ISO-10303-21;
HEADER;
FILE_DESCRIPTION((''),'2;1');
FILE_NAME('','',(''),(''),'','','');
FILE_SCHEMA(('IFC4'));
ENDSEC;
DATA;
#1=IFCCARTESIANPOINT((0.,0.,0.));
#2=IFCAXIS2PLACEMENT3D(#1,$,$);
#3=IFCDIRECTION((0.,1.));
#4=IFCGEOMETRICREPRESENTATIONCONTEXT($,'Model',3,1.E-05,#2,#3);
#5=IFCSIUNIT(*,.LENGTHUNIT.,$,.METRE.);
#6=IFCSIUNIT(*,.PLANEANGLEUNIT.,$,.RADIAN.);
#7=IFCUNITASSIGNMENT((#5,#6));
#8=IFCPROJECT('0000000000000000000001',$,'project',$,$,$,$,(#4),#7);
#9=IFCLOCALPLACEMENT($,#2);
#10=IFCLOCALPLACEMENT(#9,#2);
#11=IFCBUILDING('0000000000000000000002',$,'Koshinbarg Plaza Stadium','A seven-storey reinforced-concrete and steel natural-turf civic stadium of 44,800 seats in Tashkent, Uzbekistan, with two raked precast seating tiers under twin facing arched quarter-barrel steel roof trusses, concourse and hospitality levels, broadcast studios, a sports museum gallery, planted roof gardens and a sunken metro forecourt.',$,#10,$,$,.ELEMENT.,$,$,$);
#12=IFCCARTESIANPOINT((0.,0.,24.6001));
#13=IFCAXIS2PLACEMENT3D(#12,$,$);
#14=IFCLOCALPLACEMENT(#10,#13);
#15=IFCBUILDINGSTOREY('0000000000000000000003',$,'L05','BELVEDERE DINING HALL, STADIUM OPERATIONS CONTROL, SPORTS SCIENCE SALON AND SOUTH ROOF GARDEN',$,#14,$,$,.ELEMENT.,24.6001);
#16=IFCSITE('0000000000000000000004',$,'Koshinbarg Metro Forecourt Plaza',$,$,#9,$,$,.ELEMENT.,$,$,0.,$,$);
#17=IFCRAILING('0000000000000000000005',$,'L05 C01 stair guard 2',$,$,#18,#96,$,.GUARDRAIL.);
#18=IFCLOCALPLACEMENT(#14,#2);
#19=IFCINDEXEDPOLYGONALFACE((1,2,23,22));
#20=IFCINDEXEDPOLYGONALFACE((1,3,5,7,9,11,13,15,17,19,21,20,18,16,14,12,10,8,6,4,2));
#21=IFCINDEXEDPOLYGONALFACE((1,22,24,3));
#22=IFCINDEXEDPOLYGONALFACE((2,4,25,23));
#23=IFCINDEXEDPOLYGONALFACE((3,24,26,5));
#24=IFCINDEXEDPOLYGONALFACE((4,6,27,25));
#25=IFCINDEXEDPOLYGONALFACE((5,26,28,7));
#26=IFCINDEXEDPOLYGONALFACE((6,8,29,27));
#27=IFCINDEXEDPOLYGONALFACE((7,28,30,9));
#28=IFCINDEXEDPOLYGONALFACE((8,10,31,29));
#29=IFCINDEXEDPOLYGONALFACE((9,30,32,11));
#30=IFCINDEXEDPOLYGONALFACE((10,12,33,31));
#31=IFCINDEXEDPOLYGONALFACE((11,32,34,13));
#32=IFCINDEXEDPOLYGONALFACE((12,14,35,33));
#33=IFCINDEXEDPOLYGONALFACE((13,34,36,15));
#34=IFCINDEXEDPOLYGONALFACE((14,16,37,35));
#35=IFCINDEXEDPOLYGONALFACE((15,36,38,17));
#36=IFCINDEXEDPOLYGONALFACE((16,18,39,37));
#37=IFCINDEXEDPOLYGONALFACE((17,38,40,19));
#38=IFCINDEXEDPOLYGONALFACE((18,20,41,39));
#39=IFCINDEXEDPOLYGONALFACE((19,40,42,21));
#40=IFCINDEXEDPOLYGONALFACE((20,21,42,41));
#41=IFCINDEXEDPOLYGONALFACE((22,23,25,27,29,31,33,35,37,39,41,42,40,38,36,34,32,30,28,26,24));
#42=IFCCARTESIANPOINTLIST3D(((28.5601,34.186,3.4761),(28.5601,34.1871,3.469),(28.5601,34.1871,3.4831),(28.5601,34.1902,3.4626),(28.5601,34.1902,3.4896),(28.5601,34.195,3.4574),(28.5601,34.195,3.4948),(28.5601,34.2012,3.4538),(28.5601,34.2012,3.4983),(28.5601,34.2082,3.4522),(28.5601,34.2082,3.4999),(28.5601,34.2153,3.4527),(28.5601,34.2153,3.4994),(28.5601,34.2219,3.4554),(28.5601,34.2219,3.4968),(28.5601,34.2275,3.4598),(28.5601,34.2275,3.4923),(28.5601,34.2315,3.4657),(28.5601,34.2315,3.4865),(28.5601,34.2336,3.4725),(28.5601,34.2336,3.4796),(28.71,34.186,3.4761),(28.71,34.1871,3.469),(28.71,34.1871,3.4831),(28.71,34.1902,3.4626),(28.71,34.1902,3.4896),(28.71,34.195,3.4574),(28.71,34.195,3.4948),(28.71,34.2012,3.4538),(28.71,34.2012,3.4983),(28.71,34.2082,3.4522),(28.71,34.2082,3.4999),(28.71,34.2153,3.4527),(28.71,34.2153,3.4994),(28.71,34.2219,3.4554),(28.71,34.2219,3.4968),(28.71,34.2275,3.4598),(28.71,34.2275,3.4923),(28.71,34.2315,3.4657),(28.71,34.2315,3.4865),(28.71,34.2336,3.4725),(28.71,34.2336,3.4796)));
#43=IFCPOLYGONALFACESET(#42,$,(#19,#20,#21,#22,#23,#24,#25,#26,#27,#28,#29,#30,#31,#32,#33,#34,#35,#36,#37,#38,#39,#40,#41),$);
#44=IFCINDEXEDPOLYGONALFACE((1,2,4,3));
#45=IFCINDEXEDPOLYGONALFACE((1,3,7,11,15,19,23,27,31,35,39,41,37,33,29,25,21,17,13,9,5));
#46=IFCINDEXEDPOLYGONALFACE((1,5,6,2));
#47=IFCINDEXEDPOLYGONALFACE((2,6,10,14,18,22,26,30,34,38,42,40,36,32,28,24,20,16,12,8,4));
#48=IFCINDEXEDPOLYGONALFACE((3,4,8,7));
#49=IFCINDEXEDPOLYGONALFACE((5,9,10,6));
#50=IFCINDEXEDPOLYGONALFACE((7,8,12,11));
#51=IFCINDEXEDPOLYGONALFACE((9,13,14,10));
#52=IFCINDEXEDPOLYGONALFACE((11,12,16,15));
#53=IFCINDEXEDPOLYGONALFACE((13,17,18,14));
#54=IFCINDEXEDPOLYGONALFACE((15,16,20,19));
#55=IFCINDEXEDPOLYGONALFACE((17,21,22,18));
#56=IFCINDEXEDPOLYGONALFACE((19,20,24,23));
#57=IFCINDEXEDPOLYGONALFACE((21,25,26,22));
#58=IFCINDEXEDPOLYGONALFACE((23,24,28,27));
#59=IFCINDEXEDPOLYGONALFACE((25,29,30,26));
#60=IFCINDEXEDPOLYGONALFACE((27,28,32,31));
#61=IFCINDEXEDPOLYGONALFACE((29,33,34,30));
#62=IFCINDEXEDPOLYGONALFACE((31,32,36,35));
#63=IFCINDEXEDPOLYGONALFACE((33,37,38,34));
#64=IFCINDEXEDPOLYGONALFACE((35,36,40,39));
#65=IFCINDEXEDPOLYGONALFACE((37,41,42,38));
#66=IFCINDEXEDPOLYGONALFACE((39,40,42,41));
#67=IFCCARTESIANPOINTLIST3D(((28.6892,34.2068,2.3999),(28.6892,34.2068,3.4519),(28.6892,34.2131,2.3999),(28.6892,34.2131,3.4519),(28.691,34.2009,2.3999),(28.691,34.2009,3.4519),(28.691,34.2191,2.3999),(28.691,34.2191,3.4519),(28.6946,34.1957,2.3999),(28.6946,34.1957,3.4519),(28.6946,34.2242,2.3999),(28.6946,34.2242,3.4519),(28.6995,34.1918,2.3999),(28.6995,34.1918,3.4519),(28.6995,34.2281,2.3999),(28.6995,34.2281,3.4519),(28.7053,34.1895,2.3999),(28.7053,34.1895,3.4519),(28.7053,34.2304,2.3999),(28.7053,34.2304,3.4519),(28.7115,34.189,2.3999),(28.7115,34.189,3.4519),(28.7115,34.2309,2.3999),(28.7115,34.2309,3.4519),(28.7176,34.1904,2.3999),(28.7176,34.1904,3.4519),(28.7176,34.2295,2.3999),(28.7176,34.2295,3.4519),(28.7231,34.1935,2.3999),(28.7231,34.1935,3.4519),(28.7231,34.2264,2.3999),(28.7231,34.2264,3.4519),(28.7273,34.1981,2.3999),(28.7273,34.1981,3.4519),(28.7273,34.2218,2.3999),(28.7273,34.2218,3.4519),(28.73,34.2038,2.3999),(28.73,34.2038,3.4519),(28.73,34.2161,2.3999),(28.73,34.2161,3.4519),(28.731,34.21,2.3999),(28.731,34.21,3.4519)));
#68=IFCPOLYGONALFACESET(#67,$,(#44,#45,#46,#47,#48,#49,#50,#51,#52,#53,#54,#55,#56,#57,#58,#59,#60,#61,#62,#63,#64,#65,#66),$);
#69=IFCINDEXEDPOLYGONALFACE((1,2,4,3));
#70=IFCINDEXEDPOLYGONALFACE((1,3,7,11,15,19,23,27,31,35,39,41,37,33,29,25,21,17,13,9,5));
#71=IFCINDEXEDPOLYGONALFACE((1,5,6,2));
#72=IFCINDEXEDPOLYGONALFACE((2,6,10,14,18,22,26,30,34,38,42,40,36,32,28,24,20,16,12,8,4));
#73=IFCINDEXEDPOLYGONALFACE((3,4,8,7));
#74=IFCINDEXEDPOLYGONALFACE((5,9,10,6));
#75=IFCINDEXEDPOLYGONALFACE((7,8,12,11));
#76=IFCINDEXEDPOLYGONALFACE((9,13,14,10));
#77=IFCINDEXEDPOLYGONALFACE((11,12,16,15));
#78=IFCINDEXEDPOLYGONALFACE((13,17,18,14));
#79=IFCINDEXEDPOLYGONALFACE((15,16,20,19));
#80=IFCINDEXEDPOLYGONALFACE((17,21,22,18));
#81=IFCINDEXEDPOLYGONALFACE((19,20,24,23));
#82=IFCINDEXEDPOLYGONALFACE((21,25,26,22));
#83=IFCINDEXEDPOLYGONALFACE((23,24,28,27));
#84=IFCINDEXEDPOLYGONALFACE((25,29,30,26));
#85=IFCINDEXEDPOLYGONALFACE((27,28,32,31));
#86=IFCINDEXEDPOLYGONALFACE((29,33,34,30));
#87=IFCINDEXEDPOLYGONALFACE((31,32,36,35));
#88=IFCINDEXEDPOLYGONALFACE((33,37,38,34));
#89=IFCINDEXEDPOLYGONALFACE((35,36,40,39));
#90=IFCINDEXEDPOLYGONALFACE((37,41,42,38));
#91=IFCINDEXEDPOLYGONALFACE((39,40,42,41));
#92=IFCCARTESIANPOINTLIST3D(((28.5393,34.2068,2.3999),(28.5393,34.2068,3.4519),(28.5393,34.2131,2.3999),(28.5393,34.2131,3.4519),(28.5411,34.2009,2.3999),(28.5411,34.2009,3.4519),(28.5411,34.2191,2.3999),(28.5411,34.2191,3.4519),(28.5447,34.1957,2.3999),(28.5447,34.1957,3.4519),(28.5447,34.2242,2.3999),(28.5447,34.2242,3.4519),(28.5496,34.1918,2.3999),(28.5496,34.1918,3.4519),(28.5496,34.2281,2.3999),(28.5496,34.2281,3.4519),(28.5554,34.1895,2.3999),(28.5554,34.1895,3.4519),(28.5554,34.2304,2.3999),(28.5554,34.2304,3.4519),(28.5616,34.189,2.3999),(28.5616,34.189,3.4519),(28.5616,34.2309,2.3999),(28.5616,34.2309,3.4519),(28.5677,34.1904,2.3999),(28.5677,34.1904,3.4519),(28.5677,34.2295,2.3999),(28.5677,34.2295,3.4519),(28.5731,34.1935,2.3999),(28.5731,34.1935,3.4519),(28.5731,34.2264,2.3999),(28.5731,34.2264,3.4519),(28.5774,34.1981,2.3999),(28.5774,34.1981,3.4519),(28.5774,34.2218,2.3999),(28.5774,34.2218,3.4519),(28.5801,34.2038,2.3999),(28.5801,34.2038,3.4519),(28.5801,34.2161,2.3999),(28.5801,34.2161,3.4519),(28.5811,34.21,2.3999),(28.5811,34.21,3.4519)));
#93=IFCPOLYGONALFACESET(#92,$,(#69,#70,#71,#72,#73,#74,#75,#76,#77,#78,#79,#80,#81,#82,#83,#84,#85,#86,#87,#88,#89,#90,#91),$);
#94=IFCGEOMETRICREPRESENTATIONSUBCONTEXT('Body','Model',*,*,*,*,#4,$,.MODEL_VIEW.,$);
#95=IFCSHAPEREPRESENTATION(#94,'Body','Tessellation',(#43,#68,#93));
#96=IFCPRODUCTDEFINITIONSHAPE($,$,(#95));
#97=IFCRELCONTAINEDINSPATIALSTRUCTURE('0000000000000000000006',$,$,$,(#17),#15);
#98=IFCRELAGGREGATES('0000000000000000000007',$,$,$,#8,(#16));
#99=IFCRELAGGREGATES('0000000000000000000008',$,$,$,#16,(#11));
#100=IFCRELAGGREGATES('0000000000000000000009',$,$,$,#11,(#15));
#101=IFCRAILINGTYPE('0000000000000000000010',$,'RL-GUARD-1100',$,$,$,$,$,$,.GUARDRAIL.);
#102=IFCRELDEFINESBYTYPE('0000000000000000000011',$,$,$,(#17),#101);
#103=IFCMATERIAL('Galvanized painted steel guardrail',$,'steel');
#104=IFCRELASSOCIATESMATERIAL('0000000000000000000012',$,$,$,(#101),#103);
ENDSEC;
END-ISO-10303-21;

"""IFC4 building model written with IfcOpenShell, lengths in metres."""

from ifc_helpers import new_model, si_unit, direction, frame, origin, origin_2d, place, context, subcontext, project, spatial, circle, extrude, material, type_object, element, save


model = new_model("IFC4")

# Units and contexts
model_context = context("Model", 3, precision=1e-05, world=origin(), true_north=direction((0.0, 1.0)))
body_context = subcontext(model_context, "Body", "Model", "MODEL_VIEW")
ifc_project = project(units=[si_unit("LENGTHUNIT", "METRE"), si_unit("PLANEANGLEUNIT", "RADIAN")], contexts=[model_context])

# Site, building, storey
site_placement = place(None, origin())
site = spatial("IfcSite", under=ifc_project, at=site_placement, Name="Koshinbarg Metro Forecourt Plaza", CompositionType="ELEMENT", RefElevation=0.0)
building_placement = place(site_placement, origin())
building = spatial("IfcBuilding", under=site, at=building_placement, Name="Koshinbarg Plaza Stadium", Description="A seven-storey reinforced-concrete and steel natural-turf civic stadium of 44,800 seats in Tashkent, Uzbekistan, with two raked precast seating tiers under twin facing arched quarter-barrel steel roof trusses, concourse and hospitality levels, broadcast studios, a sports museum gallery, planted roof gardens and a sunken metro forecourt.", CompositionType="ELEMENT")
storey_placement = place(building_placement, frame((0.0, 0.0, 24.6001)))
storey = spatial("IfcBuildingStorey", under=building, at=storey_placement, Name="L05", Description="BELVEDERE DINING HALL, STADIUM OPERATIONS CONTROL, SPORTS SCIENCE SALON AND SOUTH ROOF GARDEN", CompositionType="ELEMENT", Elevation=24.6001)

# Railing
ifc_material_1 = material(Name="Galvanized painted steel guardrail", Category="steel")
railing_type_1 = type_object("IfcRailingType", Name="RL-GUARD-1100", PredefinedType="GUARDRAIL", material=ifc_material_1)
railing_1_placement = place(storey_placement, frame((28.71, 34.21, 2.3999)))
element("IfcRailing", 1, at=railing_1_placement, inside=storey, type_object=railing_type_1, Name="L05 C01 stair guard 2", PredefinedType="GUARDRAIL", context=body_context, shape_type="SweptSolid", body=[
    extrude(circle(Radius=0.0239, at=origin_2d()), frame((0.0, 0.0, 1.0762), z_axis=(-1.0, 0.0, 0.0), x_axis=(0.0, -1.0, 0.0)), (0.0, 0.0, 1.0), 0.1499),
    extrude(circle(Radius=0.021, at=origin_2d()), origin(), (0.0, 0.0, 1.0), 1.052),
    extrude(circle(Radius=0.021, at=origin_2d()), frame((-0.1499, 0.0, 0.0)), (0.0, 0.0, 1.0), 1.052),
])

save(model, "model.ifc")
